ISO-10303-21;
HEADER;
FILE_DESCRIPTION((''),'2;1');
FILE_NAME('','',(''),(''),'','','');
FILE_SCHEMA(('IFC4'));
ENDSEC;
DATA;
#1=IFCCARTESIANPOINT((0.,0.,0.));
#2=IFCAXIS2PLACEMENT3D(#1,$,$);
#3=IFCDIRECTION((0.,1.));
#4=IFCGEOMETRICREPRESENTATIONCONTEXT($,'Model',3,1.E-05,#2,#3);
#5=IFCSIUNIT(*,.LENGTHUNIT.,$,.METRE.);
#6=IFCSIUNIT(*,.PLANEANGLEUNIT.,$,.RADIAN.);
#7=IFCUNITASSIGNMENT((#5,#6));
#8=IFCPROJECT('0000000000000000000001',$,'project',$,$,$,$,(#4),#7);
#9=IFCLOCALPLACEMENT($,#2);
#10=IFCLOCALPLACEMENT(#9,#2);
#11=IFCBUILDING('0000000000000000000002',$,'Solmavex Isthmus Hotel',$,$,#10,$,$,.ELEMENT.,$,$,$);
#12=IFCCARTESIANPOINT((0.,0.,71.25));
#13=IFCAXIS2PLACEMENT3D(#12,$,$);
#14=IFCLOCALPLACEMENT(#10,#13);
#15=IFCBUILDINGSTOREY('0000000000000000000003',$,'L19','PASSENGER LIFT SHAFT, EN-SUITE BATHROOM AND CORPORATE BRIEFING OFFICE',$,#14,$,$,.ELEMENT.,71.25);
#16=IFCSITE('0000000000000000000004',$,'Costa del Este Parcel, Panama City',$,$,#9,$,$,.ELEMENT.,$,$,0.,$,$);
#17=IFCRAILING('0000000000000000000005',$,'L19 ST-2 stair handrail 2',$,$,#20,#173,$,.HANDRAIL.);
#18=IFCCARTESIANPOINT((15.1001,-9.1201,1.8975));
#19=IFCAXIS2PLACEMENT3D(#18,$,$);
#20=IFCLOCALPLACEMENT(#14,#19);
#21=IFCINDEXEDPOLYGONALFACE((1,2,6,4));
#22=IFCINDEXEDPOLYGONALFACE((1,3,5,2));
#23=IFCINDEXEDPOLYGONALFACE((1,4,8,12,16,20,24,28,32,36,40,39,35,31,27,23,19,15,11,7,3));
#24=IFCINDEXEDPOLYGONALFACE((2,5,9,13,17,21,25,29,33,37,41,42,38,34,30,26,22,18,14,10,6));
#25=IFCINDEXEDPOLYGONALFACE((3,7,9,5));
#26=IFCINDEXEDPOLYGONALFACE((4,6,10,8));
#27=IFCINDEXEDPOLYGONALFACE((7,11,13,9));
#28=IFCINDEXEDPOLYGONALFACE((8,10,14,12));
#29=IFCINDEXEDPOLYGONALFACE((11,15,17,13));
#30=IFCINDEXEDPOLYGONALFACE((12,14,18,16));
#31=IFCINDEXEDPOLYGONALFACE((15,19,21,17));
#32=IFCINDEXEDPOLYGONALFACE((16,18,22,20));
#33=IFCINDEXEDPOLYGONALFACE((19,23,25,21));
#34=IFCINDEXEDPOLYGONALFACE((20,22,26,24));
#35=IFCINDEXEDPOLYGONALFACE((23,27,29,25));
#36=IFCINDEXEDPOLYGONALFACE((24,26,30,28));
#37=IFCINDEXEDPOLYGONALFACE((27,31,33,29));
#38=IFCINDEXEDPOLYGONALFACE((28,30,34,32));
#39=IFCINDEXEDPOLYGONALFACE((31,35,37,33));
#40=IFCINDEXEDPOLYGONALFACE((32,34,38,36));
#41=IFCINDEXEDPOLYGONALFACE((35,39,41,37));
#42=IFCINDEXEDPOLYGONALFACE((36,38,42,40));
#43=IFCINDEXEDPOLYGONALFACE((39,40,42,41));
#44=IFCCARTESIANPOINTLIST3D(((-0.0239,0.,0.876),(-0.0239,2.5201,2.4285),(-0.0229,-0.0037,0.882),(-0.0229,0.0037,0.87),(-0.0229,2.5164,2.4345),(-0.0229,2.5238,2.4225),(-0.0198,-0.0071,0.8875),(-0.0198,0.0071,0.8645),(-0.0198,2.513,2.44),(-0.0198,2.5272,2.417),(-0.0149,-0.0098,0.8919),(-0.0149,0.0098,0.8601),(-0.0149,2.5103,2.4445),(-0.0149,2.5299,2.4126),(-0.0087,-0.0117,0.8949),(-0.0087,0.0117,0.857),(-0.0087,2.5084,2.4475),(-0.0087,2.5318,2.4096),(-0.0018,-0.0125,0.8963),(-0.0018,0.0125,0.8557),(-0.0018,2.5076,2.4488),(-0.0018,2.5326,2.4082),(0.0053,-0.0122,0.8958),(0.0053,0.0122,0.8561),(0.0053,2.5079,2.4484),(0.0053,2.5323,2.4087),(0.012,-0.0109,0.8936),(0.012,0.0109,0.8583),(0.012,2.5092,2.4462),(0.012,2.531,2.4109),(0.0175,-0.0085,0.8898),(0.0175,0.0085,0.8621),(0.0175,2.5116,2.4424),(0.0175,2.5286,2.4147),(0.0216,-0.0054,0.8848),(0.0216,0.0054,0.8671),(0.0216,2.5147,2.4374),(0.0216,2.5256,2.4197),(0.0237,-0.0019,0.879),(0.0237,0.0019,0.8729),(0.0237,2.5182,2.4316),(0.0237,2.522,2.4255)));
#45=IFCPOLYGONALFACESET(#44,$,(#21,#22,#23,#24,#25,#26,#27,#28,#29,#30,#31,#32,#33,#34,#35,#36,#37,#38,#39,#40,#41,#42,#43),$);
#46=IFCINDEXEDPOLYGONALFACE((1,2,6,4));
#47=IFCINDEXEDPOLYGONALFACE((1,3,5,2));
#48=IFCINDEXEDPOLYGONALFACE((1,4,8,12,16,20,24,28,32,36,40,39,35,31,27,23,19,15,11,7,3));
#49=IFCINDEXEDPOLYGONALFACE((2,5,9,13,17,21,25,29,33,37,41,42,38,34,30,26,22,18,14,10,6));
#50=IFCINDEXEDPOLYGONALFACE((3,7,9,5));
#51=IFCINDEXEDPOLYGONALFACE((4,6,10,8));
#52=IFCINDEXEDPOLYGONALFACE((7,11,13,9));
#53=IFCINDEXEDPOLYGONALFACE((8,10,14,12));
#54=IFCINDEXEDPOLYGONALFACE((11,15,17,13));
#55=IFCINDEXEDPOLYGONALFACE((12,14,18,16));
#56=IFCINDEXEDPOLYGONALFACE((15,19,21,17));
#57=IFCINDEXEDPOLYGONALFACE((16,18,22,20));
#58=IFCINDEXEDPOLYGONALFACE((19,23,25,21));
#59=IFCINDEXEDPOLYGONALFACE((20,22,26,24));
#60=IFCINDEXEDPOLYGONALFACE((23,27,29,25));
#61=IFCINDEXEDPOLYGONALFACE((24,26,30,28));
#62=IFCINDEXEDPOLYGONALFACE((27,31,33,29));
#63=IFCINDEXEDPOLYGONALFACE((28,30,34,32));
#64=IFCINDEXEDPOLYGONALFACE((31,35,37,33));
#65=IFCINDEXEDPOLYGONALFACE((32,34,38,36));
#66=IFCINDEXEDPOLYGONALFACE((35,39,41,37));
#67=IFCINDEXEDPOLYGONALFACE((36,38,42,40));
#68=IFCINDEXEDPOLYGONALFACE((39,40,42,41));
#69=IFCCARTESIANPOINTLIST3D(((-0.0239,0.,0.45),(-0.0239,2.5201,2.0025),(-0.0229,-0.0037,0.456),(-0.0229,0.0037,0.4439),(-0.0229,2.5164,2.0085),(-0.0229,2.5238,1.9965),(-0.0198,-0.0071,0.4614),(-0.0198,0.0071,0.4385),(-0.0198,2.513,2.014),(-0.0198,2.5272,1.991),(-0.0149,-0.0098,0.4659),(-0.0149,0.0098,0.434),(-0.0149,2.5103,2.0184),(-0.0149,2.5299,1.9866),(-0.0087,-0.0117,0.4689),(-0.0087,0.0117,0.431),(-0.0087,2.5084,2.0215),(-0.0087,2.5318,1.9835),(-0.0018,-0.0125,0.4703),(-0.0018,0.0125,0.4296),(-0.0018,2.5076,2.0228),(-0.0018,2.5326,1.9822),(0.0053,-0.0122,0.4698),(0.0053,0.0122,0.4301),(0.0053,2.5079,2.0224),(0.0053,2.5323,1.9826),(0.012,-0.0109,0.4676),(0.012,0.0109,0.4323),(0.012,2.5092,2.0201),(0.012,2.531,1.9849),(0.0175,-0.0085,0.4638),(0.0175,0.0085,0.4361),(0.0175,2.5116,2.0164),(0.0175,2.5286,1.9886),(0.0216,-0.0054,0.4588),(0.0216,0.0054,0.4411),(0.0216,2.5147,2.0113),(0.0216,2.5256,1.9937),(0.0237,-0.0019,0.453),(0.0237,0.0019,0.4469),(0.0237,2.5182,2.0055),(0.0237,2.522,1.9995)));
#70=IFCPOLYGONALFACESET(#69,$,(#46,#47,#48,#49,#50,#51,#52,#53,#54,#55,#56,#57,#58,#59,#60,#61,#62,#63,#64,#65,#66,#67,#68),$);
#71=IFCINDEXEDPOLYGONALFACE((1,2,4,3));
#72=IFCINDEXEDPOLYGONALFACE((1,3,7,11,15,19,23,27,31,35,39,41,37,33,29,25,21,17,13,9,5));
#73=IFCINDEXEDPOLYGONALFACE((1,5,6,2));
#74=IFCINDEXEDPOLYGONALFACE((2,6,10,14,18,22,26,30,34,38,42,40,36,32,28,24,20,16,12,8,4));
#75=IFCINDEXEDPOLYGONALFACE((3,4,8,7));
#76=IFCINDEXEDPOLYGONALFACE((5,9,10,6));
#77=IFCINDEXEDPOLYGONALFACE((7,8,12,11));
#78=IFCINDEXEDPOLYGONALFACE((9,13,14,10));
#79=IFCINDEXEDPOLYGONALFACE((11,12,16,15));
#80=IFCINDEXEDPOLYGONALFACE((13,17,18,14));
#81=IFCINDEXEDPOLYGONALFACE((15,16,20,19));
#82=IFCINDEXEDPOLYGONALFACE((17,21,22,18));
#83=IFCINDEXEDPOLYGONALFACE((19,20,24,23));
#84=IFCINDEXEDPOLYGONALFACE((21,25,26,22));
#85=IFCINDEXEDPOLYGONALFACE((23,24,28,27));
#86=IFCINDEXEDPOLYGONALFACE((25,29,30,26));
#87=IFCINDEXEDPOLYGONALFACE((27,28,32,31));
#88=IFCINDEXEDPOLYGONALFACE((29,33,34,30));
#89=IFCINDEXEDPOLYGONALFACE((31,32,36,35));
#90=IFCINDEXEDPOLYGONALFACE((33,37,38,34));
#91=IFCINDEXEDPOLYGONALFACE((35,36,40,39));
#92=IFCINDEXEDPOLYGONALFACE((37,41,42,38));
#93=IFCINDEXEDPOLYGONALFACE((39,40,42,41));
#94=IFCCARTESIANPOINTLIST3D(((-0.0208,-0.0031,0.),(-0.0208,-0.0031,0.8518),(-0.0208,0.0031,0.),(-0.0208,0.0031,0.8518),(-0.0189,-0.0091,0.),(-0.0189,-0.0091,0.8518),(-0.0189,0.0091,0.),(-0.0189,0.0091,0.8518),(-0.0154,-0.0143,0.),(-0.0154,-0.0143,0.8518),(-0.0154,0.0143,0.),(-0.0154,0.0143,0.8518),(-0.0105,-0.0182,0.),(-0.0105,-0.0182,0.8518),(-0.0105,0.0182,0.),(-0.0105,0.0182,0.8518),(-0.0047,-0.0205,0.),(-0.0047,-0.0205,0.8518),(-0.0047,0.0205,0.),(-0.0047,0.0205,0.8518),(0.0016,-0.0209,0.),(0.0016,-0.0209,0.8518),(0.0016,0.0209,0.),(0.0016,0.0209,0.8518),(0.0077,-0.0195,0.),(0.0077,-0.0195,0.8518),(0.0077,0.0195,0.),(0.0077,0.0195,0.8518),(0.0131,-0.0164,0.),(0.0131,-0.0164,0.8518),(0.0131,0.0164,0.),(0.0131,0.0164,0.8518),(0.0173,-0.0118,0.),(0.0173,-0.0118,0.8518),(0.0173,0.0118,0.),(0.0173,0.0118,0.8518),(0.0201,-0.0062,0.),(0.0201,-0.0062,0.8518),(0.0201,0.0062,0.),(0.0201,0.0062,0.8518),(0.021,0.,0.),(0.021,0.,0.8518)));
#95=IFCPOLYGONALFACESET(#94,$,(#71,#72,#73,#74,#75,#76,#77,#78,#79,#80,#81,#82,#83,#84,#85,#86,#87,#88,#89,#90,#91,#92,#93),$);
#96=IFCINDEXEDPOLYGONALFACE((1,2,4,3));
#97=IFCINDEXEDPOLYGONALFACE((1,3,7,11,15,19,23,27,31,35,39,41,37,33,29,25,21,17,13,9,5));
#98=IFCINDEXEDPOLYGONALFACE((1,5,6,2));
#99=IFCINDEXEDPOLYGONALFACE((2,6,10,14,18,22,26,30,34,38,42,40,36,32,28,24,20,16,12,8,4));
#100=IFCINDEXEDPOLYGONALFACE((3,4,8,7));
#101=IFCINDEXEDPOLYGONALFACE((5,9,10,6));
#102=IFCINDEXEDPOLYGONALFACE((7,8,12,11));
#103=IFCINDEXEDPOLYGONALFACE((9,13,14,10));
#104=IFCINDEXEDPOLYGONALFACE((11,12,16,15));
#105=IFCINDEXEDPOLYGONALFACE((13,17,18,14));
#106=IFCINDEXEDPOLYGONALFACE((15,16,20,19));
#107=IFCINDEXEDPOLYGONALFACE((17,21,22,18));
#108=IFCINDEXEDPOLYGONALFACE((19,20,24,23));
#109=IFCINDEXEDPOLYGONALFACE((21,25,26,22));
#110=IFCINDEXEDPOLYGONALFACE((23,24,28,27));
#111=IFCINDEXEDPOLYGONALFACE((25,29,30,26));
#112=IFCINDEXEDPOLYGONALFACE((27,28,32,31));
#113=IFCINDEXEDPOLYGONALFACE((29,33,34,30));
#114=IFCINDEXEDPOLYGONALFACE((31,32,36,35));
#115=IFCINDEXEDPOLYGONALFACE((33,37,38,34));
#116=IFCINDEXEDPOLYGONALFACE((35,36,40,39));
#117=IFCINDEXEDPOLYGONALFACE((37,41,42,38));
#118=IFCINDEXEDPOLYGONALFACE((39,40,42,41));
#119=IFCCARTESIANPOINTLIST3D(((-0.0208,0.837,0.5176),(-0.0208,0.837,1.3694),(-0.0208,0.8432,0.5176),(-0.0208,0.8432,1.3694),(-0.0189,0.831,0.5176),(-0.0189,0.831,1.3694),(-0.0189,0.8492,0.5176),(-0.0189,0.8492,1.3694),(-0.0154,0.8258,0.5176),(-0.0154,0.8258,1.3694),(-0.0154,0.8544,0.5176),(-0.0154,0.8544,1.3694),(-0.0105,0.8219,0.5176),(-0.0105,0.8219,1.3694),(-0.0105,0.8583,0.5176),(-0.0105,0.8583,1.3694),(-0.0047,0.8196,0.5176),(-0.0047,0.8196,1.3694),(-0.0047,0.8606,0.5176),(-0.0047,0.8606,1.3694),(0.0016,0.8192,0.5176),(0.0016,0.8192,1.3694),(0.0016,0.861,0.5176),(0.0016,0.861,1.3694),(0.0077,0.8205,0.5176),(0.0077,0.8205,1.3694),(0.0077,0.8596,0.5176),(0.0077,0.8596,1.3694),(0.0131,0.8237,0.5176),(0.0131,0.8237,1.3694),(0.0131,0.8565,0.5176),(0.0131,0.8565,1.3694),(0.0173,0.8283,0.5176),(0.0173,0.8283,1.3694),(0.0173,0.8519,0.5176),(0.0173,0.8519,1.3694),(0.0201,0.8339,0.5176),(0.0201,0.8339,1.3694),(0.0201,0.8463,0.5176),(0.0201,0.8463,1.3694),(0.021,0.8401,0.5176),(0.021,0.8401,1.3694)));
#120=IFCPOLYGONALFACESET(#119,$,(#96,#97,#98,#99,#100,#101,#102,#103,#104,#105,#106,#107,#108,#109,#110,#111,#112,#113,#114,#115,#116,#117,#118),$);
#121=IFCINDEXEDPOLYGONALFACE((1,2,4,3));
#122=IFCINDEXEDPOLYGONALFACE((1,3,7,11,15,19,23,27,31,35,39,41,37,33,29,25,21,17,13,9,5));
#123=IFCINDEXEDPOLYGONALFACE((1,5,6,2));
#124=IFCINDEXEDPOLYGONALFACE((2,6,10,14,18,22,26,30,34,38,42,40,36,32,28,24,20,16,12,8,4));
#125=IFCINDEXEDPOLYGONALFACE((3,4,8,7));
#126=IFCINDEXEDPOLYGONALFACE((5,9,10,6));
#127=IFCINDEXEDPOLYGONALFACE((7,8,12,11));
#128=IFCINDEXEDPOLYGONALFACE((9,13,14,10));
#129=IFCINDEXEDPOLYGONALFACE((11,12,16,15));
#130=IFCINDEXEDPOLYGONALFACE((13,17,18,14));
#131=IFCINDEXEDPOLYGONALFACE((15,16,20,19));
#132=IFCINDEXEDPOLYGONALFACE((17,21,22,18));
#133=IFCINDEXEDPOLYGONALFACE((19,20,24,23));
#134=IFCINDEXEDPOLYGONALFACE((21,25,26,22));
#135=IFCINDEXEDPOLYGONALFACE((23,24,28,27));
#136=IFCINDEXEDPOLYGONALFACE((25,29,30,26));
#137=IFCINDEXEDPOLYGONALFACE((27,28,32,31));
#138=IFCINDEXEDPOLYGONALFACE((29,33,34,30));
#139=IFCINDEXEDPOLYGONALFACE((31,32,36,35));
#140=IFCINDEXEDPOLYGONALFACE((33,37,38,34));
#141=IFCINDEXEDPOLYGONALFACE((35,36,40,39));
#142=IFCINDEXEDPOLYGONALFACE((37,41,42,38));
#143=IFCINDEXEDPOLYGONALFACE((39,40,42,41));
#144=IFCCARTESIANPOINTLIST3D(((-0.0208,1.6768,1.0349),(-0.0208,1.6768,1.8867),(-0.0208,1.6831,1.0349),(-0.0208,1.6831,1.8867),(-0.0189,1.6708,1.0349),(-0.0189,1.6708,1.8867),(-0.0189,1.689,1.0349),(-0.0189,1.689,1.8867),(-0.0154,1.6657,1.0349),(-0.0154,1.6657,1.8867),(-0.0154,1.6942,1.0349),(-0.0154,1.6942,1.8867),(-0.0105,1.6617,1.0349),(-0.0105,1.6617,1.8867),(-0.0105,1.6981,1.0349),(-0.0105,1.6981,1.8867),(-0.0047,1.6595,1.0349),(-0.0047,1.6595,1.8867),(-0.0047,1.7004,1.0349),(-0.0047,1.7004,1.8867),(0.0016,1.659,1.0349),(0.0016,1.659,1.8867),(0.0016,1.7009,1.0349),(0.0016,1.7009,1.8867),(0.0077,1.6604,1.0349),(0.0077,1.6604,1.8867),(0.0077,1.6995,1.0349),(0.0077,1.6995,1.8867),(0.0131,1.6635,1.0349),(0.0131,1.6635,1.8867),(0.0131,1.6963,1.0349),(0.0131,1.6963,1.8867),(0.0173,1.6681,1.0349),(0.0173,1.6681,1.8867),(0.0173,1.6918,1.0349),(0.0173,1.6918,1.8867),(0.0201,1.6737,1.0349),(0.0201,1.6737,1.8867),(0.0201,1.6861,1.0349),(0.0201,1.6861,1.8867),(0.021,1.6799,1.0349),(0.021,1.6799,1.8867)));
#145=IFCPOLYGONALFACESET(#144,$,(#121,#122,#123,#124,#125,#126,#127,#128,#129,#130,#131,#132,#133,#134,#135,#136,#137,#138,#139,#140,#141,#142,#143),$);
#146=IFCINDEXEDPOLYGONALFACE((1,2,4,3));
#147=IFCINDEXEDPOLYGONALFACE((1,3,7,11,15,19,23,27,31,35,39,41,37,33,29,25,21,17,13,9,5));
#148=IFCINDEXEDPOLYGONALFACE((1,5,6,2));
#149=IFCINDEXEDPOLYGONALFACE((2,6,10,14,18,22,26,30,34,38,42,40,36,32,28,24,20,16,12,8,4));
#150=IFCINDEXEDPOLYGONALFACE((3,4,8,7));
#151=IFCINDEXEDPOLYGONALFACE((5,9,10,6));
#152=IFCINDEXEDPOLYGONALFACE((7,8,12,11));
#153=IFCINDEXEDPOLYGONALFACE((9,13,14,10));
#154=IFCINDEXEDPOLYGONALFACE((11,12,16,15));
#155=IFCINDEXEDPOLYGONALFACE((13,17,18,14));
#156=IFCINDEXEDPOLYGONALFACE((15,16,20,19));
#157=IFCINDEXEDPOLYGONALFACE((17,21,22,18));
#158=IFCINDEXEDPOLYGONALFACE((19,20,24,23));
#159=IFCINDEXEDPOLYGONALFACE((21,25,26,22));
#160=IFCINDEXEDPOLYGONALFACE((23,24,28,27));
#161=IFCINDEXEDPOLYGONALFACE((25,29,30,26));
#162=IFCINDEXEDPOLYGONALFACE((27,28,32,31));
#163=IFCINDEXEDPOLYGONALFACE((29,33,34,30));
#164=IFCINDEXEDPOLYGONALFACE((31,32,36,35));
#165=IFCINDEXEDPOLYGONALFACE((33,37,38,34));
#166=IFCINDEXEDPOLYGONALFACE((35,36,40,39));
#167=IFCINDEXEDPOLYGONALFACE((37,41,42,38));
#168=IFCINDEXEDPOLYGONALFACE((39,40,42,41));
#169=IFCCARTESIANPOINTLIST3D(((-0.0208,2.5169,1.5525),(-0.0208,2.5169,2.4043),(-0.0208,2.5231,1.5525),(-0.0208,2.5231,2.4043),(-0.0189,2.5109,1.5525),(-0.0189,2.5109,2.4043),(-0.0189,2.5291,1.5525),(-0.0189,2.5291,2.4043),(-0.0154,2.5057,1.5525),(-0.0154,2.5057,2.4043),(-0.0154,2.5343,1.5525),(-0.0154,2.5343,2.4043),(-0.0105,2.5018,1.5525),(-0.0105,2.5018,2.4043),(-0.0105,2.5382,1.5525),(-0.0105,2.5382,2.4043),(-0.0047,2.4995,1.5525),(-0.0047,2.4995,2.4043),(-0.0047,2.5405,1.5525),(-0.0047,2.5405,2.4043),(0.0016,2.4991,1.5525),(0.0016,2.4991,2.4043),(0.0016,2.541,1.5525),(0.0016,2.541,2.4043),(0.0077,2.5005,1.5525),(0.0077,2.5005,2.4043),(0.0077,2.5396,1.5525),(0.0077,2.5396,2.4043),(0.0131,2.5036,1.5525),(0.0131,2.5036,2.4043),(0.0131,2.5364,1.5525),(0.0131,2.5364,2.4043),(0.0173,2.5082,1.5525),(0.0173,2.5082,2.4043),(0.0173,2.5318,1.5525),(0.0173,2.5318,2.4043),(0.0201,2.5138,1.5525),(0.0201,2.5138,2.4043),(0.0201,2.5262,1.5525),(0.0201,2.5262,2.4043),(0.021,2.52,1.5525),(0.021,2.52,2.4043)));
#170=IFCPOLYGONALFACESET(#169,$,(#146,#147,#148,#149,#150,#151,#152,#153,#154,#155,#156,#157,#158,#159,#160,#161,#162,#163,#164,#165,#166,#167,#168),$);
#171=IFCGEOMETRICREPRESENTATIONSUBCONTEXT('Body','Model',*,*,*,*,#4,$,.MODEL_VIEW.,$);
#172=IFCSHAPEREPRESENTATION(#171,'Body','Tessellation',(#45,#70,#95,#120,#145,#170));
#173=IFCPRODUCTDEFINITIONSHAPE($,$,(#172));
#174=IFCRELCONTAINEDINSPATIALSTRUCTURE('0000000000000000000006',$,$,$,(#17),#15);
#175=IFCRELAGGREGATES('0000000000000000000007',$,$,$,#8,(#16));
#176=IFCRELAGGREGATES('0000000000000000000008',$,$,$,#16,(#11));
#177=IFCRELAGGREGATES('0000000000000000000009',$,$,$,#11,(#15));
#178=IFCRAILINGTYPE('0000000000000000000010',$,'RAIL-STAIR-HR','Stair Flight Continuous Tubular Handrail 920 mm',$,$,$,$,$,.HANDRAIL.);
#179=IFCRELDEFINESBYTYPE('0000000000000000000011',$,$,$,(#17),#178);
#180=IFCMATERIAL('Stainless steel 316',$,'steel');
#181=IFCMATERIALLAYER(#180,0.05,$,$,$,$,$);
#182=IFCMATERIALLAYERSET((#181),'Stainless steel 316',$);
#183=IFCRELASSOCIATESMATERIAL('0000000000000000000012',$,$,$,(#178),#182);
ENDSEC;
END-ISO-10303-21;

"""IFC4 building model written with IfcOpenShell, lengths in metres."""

from ifc_helpers import new_model, si_unit, direction, frame, origin, origin_2d, place, context, subcontext, project, spatial, circle, extrude, material, layer, layer_set, type_object, element, save


model = new_model("IFC4")

# Units and contexts
model_context = context("Model", 3, precision=1e-05, world=origin(), true_north=direction((0.0, 1.0)))
body_context = subcontext(model_context, "Body", "Model", "MODEL_VIEW")
ifc_project = project(units=[si_unit("LENGTHUNIT", "METRE"), si_unit("PLANEANGLEUNIT", "RADIAN")], contexts=[model_context])

# Site, building, storey
site_placement = place(None, origin())
site = spatial("IfcSite", under=ifc_project, at=site_placement, Name="Costa del Este Parcel, Panama City", CompositionType="ELEMENT", RefElevation=0.0)
building_placement = place(site_placement, origin())
building = spatial("IfcBuilding", under=site, at=building_placement, Name="Solmavex Isthmus Hotel", CompositionType="ELEMENT")
storey_placement = place(building_placement, frame((0.0, 0.0, 71.25)))
storey = spatial("IfcBuildingStorey", under=building, at=storey_placement, Name="L19", Description="PASSENGER LIFT SHAFT, EN-SUITE BATHROOM AND CORPORATE BRIEFING OFFICE", CompositionType="ELEMENT", Elevation=71.25)

# Railing
ifc_material_1 = material(Name="Stainless steel 316", Category="steel")
ifc_layer_1 = layer(ifc_material_1, 0.05)
ifc_layer_set_1 = layer_set([ifc_layer_1], Name="Stainless steel 316")
railing_type_1 = type_object("IfcRailingType", Name="RAIL-STAIR-HR", Description="Stair Flight Continuous Tubular Handrail 920 mm", PredefinedType="HANDRAIL", material=ifc_layer_set_1)
railing_1_placement = place(storey_placement, frame((15.1001, -9.1201, 1.8975)))
element("IfcRailing", 1, at=railing_1_placement, inside=storey, type_object=railing_type_1, Name="L19 ST-2 stair handrail 2", PredefinedType="HANDRAIL", context=body_context, shape_type="SweptSolid", body=[
    extrude(circle(Radius=0.0239, at=origin_2d()), frame((0.0, 0.0, 0.876), z_axis=(0.0, 0.8514, 0.524516), x_axis=(-1.0, 0.0, 0.0)), (0.0, 0.0, 1.0), 2.96),
    extrude(circle(Radius=0.0239, at=origin_2d()), frame((0.0, 0.0, 0.45), z_axis=(0.0, 0.8514, 0.524516), x_axis=(-1.0, 0.0, 0.0)), (0.0, 0.0, 1.0), 2.96),
    extrude(circle(Radius=0.021, at=origin_2d()), origin(), (0.0, 0.0, 1.0), 0.8518),
    extrude(circle(Radius=0.021, at=origin_2d()), frame((0.0, 0.8401, 0.5176)), (0.0, 0.0, 1.0), 0.8518),
    extrude(circle(Radius=0.021, at=origin_2d()), frame((0.0, 1.6799, 1.0349)), (0.0, 0.0, 1.0), 0.8518),
    extrude(circle(Radius=0.021, at=origin_2d()), frame((0.0, 2.52, 1.5525)), (0.0, 0.0, 1.0), 0.8518),
])

save(model, "model.ifc")
